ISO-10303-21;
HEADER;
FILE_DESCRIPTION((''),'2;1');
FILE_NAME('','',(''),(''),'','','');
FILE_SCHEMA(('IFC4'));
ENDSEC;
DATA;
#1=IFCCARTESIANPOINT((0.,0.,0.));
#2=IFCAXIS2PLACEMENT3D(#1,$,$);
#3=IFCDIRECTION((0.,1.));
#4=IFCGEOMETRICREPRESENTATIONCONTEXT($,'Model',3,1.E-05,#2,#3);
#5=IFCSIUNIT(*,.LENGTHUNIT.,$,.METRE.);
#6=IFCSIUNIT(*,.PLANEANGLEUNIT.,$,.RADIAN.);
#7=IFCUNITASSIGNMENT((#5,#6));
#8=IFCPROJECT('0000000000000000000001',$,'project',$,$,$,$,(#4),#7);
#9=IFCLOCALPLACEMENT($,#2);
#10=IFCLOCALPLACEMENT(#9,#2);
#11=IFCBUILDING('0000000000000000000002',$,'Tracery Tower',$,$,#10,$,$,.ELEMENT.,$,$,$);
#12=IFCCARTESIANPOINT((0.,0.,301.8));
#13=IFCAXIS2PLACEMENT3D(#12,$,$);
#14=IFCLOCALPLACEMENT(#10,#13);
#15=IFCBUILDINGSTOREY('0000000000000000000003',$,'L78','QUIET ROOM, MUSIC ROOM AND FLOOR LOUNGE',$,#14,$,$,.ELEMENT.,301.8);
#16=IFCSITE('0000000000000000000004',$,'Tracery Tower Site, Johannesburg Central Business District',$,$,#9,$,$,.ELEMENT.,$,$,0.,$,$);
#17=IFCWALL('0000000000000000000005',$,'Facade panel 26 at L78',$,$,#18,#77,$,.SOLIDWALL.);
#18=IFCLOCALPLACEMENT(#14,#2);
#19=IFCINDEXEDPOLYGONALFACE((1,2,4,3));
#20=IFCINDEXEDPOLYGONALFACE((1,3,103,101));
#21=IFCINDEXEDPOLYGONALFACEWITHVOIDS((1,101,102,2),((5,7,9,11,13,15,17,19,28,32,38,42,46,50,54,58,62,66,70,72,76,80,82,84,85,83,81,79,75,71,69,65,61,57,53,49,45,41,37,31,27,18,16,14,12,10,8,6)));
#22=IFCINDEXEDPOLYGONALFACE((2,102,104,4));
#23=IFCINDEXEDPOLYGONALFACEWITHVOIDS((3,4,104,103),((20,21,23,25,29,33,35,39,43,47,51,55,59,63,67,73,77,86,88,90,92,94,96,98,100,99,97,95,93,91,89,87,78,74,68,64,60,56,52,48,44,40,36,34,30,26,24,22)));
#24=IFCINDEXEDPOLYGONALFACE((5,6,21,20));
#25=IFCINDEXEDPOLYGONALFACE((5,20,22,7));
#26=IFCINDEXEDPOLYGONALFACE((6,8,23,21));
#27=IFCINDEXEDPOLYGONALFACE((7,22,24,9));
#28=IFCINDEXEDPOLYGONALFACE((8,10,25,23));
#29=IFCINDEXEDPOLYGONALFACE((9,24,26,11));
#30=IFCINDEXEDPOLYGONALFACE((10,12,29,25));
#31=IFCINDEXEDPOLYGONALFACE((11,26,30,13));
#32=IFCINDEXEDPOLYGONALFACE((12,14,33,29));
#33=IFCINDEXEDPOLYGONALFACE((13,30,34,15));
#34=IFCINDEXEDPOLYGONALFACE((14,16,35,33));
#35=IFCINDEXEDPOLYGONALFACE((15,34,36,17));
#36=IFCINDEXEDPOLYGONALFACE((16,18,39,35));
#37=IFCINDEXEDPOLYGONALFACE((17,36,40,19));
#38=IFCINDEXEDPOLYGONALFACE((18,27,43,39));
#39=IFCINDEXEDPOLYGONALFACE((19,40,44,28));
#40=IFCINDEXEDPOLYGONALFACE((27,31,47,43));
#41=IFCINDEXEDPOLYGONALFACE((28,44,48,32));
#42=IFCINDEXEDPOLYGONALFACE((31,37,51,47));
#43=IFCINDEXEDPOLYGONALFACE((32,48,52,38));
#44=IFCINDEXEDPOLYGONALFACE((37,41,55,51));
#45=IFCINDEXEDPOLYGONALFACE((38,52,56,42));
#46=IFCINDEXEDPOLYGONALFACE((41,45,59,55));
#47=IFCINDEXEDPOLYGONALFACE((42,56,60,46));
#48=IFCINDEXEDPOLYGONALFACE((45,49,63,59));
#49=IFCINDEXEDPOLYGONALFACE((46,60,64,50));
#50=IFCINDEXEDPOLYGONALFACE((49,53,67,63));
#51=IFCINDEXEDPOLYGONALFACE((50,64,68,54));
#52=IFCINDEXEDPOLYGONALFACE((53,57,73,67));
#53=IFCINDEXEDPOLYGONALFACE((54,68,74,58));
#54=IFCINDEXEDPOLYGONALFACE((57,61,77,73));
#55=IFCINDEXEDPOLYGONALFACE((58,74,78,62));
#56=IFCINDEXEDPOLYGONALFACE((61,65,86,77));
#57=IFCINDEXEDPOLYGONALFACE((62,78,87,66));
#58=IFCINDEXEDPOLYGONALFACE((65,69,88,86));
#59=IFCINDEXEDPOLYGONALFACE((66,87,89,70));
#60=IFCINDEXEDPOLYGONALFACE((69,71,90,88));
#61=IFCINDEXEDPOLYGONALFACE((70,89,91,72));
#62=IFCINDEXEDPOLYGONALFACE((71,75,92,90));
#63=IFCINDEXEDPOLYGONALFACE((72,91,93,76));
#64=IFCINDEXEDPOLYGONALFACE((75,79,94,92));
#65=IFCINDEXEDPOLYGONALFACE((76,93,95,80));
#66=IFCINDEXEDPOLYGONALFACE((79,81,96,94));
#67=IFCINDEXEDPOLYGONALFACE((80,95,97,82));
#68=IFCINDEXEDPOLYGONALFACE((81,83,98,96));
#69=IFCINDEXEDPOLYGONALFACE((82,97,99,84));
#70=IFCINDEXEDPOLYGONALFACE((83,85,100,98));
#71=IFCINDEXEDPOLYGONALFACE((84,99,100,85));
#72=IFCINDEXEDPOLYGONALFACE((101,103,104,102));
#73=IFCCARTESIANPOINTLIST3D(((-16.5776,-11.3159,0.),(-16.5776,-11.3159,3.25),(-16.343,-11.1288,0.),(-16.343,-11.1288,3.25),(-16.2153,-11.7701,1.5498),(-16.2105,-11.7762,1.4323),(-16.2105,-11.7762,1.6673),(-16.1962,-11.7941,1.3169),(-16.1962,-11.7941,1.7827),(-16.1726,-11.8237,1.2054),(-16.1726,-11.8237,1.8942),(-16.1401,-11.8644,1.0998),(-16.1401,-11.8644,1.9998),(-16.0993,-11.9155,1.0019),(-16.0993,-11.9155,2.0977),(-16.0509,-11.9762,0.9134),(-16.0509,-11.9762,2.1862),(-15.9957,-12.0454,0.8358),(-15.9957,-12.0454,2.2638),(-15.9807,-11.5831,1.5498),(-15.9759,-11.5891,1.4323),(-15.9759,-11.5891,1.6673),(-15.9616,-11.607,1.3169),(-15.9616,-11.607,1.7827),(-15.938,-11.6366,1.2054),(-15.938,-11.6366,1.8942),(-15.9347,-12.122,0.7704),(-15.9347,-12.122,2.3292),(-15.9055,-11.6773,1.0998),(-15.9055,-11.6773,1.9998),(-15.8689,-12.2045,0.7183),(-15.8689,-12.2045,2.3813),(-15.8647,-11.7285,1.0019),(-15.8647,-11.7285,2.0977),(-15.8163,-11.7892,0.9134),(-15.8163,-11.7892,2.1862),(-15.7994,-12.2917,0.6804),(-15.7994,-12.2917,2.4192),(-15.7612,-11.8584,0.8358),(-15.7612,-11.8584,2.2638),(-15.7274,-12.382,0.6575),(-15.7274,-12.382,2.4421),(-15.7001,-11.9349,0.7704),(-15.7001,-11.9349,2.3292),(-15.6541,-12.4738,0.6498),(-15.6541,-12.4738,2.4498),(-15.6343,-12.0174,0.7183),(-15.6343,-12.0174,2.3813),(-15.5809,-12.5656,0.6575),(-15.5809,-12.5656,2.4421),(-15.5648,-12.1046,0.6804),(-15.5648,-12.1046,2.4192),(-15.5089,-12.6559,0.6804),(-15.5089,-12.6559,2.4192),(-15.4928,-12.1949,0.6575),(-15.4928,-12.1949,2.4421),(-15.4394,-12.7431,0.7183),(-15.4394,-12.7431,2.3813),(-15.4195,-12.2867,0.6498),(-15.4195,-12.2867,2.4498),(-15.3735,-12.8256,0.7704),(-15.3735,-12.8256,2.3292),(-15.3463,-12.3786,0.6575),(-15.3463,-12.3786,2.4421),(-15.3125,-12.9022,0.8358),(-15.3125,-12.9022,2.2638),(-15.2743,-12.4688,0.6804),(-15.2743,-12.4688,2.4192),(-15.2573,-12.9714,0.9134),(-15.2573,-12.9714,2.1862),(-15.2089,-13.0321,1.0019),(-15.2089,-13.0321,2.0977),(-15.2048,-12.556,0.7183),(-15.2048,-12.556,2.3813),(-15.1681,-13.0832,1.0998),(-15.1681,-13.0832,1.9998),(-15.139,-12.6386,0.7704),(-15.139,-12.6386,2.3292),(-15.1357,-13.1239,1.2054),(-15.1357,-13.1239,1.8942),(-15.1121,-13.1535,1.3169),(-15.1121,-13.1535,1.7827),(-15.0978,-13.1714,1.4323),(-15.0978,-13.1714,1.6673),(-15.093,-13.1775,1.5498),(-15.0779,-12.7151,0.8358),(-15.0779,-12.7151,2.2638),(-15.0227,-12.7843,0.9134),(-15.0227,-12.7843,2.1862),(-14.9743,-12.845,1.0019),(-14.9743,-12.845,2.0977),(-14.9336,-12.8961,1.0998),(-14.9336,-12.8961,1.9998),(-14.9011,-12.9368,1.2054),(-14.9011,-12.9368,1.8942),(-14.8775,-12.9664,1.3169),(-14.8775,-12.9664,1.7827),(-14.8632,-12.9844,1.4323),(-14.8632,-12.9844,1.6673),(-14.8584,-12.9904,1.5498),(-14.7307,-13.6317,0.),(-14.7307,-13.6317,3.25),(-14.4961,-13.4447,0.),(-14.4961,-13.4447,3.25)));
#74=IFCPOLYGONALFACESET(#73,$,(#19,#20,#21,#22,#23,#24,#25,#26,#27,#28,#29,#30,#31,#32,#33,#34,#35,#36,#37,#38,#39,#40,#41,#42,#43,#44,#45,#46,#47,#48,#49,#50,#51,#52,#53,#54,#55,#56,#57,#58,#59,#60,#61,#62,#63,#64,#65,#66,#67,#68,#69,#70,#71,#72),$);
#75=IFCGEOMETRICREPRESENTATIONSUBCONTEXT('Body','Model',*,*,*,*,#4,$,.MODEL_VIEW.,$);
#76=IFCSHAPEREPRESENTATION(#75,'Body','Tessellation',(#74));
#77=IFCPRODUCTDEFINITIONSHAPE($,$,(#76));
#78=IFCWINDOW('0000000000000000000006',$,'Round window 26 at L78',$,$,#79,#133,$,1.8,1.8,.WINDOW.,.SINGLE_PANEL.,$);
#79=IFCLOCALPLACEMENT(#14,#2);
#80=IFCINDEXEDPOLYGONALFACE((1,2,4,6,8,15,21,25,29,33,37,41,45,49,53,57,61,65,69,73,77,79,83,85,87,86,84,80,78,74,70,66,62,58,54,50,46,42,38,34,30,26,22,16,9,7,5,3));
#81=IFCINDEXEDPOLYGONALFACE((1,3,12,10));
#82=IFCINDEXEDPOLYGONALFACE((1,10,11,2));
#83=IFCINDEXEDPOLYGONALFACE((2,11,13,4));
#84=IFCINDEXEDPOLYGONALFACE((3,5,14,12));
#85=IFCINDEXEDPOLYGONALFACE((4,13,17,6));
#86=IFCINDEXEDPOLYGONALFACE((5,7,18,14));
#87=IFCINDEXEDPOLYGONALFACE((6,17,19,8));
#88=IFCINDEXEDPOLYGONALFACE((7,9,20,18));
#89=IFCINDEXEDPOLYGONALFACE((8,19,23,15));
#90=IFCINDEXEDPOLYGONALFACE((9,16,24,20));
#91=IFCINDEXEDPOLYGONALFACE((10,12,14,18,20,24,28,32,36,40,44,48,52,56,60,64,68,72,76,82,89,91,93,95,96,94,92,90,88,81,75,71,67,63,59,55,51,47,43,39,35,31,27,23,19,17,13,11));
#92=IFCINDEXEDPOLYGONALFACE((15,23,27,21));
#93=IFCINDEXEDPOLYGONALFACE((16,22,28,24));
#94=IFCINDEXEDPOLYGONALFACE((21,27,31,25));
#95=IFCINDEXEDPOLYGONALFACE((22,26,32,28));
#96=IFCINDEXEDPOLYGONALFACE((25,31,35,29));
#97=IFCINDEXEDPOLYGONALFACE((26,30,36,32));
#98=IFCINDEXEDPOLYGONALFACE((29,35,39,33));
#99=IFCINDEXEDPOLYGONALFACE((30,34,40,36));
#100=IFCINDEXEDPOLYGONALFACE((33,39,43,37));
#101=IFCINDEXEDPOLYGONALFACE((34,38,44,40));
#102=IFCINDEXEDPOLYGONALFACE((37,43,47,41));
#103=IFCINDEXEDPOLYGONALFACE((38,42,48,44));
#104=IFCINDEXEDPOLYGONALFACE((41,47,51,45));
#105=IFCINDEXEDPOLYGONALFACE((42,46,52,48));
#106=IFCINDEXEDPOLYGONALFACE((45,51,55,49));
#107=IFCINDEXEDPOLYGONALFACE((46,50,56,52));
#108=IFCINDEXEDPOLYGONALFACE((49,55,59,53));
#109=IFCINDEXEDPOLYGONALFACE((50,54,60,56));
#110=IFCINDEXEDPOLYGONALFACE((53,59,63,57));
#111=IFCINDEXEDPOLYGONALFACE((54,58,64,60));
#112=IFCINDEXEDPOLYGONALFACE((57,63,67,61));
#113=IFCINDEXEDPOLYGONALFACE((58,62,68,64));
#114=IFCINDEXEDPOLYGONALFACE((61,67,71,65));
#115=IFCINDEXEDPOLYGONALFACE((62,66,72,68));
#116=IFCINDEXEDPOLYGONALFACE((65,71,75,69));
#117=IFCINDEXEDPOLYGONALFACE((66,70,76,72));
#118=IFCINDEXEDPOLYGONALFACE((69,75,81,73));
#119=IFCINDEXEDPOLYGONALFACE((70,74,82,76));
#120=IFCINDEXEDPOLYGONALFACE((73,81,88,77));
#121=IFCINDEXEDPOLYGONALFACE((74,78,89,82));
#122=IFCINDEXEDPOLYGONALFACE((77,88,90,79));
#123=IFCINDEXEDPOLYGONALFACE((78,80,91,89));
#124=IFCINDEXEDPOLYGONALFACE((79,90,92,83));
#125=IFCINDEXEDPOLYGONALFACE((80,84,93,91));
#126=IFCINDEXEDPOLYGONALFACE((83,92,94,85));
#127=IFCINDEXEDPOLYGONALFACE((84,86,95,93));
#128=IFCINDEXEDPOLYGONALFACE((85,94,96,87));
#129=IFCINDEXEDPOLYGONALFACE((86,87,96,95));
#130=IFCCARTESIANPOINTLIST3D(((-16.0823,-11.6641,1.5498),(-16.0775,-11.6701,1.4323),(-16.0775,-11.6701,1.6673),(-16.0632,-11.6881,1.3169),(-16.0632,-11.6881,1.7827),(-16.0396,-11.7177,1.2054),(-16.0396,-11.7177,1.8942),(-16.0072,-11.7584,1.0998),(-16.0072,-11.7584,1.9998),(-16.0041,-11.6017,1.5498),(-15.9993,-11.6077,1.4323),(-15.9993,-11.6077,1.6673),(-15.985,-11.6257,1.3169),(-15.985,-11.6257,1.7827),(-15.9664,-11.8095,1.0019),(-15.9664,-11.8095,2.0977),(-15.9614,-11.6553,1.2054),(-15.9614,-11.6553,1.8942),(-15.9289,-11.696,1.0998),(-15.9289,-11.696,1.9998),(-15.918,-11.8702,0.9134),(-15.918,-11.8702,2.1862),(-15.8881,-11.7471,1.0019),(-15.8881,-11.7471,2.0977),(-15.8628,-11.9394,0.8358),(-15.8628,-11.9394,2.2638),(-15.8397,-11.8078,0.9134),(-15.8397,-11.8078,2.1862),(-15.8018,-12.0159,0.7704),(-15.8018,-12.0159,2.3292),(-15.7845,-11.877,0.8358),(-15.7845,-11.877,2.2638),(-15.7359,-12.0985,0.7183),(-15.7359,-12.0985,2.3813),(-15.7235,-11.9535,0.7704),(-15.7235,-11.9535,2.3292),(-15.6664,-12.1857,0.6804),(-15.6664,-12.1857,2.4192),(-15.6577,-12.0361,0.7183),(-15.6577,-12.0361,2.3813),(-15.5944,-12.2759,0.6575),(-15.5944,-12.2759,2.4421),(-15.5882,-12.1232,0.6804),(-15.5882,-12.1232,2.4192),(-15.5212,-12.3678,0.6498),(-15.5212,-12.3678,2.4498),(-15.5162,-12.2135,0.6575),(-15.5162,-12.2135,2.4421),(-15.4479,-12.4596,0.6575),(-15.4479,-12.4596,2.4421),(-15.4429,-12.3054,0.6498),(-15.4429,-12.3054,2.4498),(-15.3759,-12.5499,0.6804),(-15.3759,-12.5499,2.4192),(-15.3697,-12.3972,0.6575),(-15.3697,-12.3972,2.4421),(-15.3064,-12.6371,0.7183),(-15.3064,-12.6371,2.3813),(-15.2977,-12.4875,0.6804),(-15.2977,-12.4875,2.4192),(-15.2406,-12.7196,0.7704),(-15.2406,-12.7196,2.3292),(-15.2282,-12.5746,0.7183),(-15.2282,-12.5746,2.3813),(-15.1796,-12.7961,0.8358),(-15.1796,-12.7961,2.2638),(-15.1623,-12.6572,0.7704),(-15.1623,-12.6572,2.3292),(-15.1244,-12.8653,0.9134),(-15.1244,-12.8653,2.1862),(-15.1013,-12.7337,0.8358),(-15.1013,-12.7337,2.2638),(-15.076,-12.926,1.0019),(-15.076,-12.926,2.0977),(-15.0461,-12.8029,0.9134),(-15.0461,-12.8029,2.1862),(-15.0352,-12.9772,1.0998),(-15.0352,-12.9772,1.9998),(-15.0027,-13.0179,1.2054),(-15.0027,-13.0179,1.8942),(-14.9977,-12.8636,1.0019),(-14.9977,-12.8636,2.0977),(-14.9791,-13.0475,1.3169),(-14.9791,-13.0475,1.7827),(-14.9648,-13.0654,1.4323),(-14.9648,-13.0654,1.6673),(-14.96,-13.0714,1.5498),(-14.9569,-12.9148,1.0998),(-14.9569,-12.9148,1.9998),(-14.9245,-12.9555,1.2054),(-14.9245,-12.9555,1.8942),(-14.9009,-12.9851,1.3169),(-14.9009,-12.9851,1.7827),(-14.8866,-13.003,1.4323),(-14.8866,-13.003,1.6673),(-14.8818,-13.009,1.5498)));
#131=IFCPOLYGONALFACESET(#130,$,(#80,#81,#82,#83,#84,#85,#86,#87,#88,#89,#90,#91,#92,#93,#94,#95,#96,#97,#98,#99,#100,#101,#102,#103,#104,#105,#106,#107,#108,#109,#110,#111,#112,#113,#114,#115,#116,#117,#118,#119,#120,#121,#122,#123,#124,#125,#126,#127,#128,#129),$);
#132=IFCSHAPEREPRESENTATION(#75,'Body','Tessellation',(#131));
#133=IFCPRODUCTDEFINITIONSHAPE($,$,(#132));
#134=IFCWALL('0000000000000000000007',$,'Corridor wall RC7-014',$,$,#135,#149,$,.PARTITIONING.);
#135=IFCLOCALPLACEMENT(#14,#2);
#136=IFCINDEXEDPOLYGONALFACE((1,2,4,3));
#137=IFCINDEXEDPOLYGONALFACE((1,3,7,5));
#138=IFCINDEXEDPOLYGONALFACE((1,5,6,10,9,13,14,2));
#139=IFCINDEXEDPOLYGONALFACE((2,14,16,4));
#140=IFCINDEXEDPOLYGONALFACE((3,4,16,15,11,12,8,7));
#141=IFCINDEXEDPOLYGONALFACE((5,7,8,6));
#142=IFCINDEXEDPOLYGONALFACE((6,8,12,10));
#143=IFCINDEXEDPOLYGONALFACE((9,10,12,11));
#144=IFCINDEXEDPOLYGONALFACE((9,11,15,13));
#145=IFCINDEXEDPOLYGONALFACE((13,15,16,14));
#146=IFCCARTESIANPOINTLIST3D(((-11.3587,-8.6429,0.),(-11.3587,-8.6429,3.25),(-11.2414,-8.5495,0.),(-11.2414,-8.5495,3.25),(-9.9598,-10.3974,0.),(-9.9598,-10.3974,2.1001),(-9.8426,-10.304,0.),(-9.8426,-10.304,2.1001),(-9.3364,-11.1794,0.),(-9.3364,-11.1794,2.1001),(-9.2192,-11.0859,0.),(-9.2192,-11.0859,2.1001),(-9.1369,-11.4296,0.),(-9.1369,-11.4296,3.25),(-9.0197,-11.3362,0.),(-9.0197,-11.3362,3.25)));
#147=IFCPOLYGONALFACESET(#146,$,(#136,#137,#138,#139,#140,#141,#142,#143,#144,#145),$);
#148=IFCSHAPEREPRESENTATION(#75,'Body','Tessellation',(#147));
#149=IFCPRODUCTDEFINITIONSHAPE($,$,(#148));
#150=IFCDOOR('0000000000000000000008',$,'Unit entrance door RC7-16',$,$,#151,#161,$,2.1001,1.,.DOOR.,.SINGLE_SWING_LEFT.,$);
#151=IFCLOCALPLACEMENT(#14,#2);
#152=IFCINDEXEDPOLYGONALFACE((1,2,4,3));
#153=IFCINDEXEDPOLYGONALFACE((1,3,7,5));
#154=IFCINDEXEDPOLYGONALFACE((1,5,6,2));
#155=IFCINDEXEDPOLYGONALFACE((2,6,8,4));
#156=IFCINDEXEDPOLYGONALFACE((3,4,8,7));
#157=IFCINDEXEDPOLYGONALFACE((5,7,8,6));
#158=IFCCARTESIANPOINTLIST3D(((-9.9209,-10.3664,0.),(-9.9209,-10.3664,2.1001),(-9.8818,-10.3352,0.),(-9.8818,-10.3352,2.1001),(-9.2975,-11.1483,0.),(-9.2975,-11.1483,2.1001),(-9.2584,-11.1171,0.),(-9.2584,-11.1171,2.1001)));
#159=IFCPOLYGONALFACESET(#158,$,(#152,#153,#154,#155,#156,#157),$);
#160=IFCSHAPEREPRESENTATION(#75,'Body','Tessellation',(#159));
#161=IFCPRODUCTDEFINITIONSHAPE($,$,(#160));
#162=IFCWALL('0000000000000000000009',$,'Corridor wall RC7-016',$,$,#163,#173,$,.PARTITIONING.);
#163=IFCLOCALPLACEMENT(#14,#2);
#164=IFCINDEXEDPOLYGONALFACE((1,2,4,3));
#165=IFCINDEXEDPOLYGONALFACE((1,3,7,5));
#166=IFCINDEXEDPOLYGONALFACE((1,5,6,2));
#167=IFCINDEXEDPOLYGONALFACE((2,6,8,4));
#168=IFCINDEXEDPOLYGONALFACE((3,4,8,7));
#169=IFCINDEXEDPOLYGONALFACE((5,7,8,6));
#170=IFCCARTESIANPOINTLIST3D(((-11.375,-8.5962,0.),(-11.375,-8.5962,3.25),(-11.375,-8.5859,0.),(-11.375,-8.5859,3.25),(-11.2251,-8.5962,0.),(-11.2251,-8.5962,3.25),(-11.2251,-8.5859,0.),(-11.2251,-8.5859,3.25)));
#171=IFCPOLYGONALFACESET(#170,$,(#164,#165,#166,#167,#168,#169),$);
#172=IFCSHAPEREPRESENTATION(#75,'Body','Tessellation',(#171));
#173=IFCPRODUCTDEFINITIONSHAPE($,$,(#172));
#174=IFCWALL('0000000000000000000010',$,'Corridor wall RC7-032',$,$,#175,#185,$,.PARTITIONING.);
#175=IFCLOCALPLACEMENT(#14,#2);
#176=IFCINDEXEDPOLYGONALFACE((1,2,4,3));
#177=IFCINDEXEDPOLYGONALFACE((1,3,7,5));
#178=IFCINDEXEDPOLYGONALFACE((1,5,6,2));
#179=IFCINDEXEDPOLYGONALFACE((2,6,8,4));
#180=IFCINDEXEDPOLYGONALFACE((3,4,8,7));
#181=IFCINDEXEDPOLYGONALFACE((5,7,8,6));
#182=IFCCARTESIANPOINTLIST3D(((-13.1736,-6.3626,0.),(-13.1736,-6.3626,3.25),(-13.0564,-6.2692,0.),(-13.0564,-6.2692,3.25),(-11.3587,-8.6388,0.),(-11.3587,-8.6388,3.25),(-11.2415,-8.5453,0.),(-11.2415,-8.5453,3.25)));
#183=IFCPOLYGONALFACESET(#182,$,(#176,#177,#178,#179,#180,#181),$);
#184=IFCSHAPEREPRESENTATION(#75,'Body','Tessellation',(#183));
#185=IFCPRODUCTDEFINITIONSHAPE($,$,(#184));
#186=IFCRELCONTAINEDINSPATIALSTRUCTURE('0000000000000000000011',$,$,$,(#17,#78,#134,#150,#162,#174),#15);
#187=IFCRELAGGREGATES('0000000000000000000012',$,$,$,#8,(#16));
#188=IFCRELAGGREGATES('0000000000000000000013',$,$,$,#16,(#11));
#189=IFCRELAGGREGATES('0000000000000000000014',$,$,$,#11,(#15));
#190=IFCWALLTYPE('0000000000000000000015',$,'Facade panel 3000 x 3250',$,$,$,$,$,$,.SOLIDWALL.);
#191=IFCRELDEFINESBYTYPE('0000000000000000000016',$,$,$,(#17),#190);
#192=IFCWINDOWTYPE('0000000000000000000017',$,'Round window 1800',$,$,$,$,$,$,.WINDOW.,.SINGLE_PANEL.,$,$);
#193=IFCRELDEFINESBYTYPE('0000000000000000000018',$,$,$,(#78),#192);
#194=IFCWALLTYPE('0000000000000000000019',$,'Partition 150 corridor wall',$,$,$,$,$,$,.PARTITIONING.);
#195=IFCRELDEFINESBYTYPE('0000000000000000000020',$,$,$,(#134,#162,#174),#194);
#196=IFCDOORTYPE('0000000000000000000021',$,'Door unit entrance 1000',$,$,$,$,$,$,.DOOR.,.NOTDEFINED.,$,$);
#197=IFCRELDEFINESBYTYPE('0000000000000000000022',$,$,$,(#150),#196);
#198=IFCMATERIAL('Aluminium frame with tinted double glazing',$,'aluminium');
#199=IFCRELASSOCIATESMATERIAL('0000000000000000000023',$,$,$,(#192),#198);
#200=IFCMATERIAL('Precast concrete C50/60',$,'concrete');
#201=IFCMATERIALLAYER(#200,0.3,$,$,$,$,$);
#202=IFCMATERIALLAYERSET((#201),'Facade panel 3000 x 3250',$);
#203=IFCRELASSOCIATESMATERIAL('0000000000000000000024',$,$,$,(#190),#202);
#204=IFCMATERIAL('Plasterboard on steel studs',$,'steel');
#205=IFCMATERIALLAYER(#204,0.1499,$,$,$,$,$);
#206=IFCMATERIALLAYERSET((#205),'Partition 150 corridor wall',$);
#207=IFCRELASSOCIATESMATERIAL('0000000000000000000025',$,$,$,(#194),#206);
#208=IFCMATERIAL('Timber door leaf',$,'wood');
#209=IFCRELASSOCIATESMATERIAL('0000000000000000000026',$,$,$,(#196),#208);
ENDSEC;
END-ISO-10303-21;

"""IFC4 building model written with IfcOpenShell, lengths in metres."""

from ifc_helpers import new_model, si_unit, direction, frame, frame_2d, origin, origin_2d, place, context, subcontext, project, spatial, rectangle, circle, extrude, material, layer, layer_set, type_object, element, fill, save


model = new_model("IFC4")

# Units and contexts
model_context = context("Model", 3, precision=1e-05, world=origin(), true_north=direction((0.0, 1.0)))
body_context = subcontext(model_context, "Body", "Model", "MODEL_VIEW")
ifc_project = project(units=[si_unit("LENGTHUNIT", "METRE"), si_unit("PLANEANGLEUNIT", "RADIAN")], contexts=[model_context])

# Site, building, storey
site_placement = place(None, origin())
site = spatial("IfcSite", under=ifc_project, at=site_placement, Name="Tracery Tower Site, Johannesburg Central Business District", CompositionType="ELEMENT", RefElevation=0.0)
building_placement = place(site_placement, origin())
building = spatial("IfcBuilding", under=site, at=building_placement, Name="Tracery Tower", CompositionType="ELEMENT")
storey_placement = place(building_placement, frame((0.0, 0.0, 301.8)))
storey = spatial("IfcBuildingStorey", under=building, at=storey_placement, Name="L78", Description="QUIET ROOM, MUSIC ROOM AND FLOOR LOUNGE", CompositionType="ELEMENT", Elevation=301.8)

# Wall, opening, window
ifc_material_1 = material(Name="Aluminium frame with tinted double glazing", Category="aluminium")
window_type = type_object("IfcWindowType", Name="Round window 1800", PartitioningType="SINGLE_PANEL", PredefinedType="WINDOW", material=ifc_material_1)
ifc_material_2 = material(Name="Precast concrete C50/60", Category="concrete")
ifc_layer_1 = layer(ifc_material_2, 0.3)
ifc_layer_set_1 = layer_set([ifc_layer_1], Name="Facade panel 3000 x 3250")
wall_type_1 = type_object("IfcWallType", Name="Facade panel 3000 x 3250", PredefinedType="SOLIDWALL", material=ifc_layer_set_1)
wall_1_placement = place(storey_placement, frame((-16.4602, -11.2224, 0.0), z_axis=(0.0, 0.0, 1.0), x_axis=(0.623498, -0.781825, 0.0)))
wall_1 = element("IfcWall", 1, at=wall_1_placement, inside=storey, type_object=wall_type_1, Name="Facade panel 26 at L78", PredefinedType="SOLIDWALL", context=body_context, shape_type="SweptSolid", body=[
    extrude(rectangle(XDim=2.9622, YDim=0.3, at=frame_2d((1.481, 0.0))), origin(), (0.0, 0.0, 1.0), 3.25),
])
opening_1_placement = place(wall_1_placement, frame((1.481, 0.0, 1.5498)))
opening_1 = element("IfcOpeningElement", 2, at=opening_1_placement, cuts=wall_1, PredefinedType="OPENING", context=body_context, shape_type="SweptSolid", body=[
    extrude(circle(Radius=0.9, at=origin_2d()), frame((0.0, 0.1599, 0.0), z_axis=(0.0, -1.0, 0.0), x_axis=(1.0, 0.0, 0.0)), (0.0, 0.0, 1.0), 0.3201),
])
window_1_placement = place(opening_1_placement, origin())
window_1 = element("IfcWindow", 3, at=window_1_placement, inside=storey, type_object=window_type, Name="Round window 26 at L78", OverallHeight=1.8, OverallWidth=1.8, PartitioningType="SINGLE_PANEL", PredefinedType="WINDOW", context=body_context, shape_type="SweptSolid", body=[
    extrude(circle(Radius=0.9, at=origin_2d()), frame((0.0, 0.1201, 0.0), z_axis=(0.0, -1.0, 0.0), x_axis=(1.0, 0.0, 0.0)), (0.0, 0.0, 1.0), 0.1001),
])
fill(opening_1, window_1)

# Wall, opening, door
ifc_material_3 = material(Name="Plasterboard on steel studs", Category="steel")
ifc_layer_2 = layer(ifc_material_3, 0.1499)
ifc_layer_set_2 = layer_set([ifc_layer_2], Name="Partition 150 corridor wall")
wall_type_2 = type_object("IfcWallType", Name="Partition 150 corridor wall", PredefinedType="PARTITIONING", material=ifc_layer_set_2)
wall_2_placement = place(storey_placement, frame((-11.3, -8.5962, 0.0), z_axis=(0.0, 0.0, 1.0), x_axis=(0.623391, -0.78191, 0.0)))
wall_2 = element("IfcWall", 4, at=wall_2_placement, inside=storey, type_object=wall_type_2, Name="Corridor wall RC7-014", PredefinedType="PARTITIONING", context=body_context, shape_type="SweptSolid", body=[
    extrude(rectangle(XDim=3.564, YDim=0.1499, at=frame_2d((1.782, 0.0))), origin(), (0.0, 0.0, 1.0), 3.25),
])
opening_2_placement = place(wall_2_placement, frame((2.2439, 0.0, 0.0)))
opening_2 = element("IfcOpeningElement", 5, at=opening_2_placement, cuts=wall_2, PredefinedType="OPENING", context=body_context, shape_type="SweptSolid", body=[
    extrude(rectangle(XDim=1.0, YDim=2.1001, at=frame_2d((0.5, 1.05))), frame((0.0, 0.075, 0.0), z_axis=(0.0, -1.0, 0.0), x_axis=(1.0, 0.0, 0.0)), (0.0, 0.0, 1.0), 0.1499),
])
ifc_material_4 = material(Name="Timber door leaf", Category="wood")
door_type_1 = type_object("IfcDoorType", Name="Door unit entrance 1000", OperationType="NOTDEFINED", PredefinedType="DOOR", material=ifc_material_4)
door_1_placement = place(opening_2_placement, origin())
door_1 = element("IfcDoor", 6, at=door_1_placement, inside=storey, type_object=door_type_1, Name="Unit entrance door RC7-16", OperationType="SINGLE_SWING_LEFT", OverallHeight=2.1001, OverallWidth=1.0, PredefinedType="DOOR", context=body_context, shape_type="SweptSolid", body=[
    extrude(rectangle(XDim=1.0, YDim=2.1001, at=frame_2d((0.5, 1.05))), frame((0.0, 0.0249, 0.0), z_axis=(0.0, -1.0, 0.0), x_axis=(1.0, 0.0, 0.0)), (0.0, 0.0, 1.0), 0.05),
])
fill(opening_2, door_1)

# Walls
wall_3_placement = place(storey_placement, frame((-11.3, -8.5962, 0.0), z_axis=(0.0, 0.0, 1.0), x_axis=(0.0, 1.0, 0.0)))
element("IfcWall", 7, at=wall_3_placement, inside=storey, type_object=wall_type_2, Name="Corridor wall RC7-016", PredefinedType="PARTITIONING", context=body_context, shape_type="SweptSolid", body=[
    extrude(rectangle(XDim=0.0103, YDim=0.1499, at=frame_2d((0.0051, 0.0))), origin(), (0.0, 0.0, 1.0), 3.25),
])
wall_4_placement = place(storey_placement, frame((-13.115, -6.3159, 0.0), z_axis=(0.0, 0.0, 1.0), x_axis=(0.623447, -0.781866, 0.0)))
element("IfcWall", 8, at=wall_4_placement, inside=storey, type_object=wall_type_2, Name="Corridor wall RC7-032", PredefinedType="PARTITIONING", context=body_context, shape_type="SweptSolid", body=[
    extrude(rectangle(XDim=2.9111, YDim=0.1499, at=frame_2d((1.4556, 0.0))), origin(), (0.0, 0.0, 1.0), 3.25),
])

save(model, "model.ifc")
